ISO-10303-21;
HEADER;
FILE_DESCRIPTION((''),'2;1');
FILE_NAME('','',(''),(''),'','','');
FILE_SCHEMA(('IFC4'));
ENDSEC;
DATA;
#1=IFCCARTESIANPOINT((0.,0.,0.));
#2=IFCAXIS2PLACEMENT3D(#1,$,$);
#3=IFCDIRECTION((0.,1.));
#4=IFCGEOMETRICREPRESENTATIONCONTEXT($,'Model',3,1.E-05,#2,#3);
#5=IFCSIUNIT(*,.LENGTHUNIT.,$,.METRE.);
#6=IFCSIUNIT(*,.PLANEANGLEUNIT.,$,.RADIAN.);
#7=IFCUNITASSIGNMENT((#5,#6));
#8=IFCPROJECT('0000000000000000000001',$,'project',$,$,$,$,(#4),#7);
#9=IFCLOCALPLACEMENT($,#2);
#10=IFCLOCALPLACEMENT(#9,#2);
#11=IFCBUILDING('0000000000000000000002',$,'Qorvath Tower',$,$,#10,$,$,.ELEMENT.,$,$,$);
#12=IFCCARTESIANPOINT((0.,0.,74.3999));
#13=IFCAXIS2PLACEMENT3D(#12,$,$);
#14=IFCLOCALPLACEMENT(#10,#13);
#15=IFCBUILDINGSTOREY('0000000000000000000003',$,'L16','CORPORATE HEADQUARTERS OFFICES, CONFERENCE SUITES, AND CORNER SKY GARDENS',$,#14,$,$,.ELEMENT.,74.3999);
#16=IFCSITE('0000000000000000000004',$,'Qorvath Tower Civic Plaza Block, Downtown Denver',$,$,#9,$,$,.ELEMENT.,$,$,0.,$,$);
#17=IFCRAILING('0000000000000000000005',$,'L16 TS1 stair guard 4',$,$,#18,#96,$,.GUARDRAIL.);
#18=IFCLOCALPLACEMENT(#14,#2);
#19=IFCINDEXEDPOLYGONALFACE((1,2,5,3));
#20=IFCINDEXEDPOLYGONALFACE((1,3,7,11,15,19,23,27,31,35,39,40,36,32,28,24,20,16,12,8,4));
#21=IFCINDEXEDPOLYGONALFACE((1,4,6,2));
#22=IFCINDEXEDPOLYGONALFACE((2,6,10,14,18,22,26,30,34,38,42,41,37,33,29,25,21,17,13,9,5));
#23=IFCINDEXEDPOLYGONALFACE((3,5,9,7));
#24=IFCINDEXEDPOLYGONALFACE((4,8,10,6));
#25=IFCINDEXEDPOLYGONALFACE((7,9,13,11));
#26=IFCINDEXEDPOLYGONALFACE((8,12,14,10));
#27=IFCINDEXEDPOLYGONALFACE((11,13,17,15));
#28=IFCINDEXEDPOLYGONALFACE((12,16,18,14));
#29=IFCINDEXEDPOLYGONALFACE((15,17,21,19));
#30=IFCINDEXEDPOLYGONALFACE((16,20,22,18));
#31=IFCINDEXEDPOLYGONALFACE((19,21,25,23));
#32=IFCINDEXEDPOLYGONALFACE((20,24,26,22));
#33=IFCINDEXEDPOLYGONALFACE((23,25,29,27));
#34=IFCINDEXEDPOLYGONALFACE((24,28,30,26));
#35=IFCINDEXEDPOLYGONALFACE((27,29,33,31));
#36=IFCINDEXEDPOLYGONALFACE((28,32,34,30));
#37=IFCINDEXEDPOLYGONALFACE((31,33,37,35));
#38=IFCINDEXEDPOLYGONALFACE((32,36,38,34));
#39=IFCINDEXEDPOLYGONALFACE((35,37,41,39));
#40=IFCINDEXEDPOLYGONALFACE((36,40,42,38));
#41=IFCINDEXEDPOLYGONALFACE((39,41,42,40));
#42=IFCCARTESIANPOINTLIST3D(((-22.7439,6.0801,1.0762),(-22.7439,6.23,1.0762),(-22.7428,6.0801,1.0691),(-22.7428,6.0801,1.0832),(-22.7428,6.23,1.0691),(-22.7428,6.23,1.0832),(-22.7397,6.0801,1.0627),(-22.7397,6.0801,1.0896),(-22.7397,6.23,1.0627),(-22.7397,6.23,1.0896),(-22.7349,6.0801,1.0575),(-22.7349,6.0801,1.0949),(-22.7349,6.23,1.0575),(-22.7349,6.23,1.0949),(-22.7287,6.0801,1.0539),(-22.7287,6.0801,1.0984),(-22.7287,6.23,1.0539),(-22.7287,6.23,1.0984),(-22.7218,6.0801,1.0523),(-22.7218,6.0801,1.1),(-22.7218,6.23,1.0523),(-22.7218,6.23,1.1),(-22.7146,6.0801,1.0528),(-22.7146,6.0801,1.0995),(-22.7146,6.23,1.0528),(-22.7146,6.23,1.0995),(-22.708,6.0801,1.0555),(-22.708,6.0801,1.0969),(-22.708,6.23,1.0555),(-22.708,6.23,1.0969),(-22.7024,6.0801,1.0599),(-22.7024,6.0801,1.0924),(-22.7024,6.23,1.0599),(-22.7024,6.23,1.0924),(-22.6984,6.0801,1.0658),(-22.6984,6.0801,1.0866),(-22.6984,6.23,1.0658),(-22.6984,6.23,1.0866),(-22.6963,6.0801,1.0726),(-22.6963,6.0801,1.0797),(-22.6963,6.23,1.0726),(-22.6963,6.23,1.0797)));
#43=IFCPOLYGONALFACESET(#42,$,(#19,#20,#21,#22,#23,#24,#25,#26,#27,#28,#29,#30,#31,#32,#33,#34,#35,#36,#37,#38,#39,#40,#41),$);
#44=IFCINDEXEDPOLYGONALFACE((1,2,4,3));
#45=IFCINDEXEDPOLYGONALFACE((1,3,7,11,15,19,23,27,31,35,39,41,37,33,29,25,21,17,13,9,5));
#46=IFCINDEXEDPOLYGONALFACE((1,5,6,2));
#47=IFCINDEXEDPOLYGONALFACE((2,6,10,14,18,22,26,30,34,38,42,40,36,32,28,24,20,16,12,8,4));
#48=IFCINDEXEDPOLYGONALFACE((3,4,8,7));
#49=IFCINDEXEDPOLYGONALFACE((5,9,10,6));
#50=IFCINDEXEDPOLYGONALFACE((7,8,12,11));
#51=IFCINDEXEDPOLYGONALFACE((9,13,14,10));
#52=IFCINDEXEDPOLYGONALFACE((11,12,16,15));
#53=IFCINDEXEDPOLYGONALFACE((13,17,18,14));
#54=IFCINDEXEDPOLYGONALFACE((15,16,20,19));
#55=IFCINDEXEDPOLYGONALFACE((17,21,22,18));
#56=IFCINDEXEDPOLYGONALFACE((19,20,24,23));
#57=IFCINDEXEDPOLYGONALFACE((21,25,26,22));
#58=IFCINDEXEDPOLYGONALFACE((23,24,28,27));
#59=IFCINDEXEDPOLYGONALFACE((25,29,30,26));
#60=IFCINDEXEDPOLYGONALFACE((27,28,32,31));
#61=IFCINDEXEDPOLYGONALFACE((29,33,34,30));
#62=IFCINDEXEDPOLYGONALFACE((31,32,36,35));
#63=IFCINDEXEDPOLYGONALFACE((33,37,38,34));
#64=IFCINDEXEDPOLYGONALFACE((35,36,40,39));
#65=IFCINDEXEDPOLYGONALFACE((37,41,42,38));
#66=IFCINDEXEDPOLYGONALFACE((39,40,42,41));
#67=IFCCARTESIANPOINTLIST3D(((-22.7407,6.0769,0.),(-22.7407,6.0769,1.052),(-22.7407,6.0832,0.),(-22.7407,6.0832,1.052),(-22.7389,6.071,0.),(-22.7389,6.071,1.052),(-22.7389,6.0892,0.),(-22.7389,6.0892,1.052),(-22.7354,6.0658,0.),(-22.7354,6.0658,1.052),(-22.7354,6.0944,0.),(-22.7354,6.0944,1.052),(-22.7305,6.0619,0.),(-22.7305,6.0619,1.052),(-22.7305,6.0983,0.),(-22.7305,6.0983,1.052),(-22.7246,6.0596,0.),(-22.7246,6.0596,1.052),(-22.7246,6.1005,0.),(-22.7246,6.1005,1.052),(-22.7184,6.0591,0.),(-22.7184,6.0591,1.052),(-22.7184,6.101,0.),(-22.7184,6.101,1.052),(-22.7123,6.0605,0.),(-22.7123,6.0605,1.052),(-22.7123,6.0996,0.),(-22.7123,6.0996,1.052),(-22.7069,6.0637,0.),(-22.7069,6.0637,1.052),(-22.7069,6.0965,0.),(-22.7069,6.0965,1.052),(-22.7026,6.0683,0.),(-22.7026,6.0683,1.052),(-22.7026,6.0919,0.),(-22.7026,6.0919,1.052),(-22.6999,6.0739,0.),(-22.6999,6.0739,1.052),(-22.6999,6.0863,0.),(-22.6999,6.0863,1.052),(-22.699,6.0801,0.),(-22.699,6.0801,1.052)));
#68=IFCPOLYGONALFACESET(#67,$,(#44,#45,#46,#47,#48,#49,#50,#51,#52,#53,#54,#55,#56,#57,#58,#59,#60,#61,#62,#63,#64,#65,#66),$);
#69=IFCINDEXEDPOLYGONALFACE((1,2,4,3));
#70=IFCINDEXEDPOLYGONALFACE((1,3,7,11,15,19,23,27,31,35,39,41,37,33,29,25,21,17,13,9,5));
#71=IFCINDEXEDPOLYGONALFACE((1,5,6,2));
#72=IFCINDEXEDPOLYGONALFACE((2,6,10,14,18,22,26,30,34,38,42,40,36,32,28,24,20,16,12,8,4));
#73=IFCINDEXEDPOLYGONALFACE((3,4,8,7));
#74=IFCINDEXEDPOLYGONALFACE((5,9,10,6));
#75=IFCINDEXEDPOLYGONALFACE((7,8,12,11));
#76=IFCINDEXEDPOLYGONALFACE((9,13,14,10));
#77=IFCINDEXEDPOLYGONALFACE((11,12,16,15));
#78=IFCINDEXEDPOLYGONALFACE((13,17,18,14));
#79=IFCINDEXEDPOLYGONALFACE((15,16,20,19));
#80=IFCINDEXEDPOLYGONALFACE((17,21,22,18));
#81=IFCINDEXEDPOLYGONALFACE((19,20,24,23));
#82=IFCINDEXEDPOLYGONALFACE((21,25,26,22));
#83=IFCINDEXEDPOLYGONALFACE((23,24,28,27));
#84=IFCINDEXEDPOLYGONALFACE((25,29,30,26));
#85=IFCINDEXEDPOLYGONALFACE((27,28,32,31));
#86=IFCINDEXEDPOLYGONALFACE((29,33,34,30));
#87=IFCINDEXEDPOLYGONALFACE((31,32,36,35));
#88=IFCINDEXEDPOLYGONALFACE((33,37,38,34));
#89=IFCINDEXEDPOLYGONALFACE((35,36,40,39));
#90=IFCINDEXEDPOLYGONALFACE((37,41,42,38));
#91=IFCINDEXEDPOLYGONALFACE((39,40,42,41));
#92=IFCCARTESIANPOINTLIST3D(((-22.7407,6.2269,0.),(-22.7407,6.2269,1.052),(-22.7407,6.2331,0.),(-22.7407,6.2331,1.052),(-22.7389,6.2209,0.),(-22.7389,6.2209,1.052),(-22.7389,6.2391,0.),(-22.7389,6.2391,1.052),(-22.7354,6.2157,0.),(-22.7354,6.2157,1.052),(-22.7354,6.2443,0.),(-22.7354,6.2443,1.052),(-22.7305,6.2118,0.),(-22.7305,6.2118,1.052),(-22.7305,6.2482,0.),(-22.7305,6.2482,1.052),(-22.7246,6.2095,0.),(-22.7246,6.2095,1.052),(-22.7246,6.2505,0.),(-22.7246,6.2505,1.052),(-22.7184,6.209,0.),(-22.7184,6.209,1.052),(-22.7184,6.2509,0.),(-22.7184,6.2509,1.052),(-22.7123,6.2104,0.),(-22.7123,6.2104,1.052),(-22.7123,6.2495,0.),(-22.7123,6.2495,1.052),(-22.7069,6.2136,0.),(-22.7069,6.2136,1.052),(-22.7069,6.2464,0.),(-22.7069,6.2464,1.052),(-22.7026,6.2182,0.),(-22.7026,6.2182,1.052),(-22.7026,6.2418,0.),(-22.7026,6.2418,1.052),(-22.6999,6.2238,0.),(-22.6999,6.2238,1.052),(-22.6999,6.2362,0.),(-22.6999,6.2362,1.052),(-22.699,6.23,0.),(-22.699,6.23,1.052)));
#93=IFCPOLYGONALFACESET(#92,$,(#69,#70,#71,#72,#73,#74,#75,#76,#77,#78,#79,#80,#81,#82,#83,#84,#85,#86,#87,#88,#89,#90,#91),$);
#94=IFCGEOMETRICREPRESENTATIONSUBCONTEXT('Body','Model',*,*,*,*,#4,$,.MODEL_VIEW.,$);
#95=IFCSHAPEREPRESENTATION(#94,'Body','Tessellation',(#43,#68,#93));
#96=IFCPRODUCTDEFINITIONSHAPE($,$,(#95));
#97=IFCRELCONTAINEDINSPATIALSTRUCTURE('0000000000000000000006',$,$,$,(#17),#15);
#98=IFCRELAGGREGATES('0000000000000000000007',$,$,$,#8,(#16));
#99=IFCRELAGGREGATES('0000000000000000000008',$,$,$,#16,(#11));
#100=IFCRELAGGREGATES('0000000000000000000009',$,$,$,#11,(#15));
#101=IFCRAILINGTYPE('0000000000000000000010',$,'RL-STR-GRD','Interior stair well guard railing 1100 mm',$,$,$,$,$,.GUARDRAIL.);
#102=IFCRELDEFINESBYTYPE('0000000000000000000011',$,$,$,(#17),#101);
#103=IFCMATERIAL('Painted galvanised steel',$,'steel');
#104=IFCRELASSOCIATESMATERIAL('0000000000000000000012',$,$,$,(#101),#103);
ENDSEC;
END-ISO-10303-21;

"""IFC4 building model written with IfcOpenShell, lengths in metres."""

from ifc_helpers import new_model, si_unit, direction, frame, origin, origin_2d, place, context, subcontext, project, spatial, circle, extrude, material, type_object, element, save


model = new_model("IFC4")

# Units and contexts
model_context = context("Model", 3, precision=1e-05, world=origin(), true_north=direction((0.0, 1.0)))
body_context = subcontext(model_context, "Body", "Model", "MODEL_VIEW")
ifc_project = project(units=[si_unit("LENGTHUNIT", "METRE"), si_unit("PLANEANGLEUNIT", "RADIAN")], contexts=[model_context])

# Site, building, storey
site_placement = place(None, origin())
site = spatial("IfcSite", under=ifc_project, at=site_placement, Name="Qorvath Tower Civic Plaza Block, Downtown Denver", CompositionType="ELEMENT", RefElevation=0.0)
building_placement = place(site_placement, origin())
building = spatial("IfcBuilding", under=site, at=building_placement, Name="Qorvath Tower", CompositionType="ELEMENT")
storey_placement = place(building_placement, frame((0.0, 0.0, 74.3999)))
storey = spatial("IfcBuildingStorey", under=building, at=storey_placement, Name="L16", Description="CORPORATE HEADQUARTERS OFFICES, CONFERENCE SUITES, AND CORNER SKY GARDENS", CompositionType="ELEMENT", Elevation=74.3999)

# Railing
ifc_material_1 = material(Name="Painted galvanised steel", Category="steel")
railing_type_1 = type_object("IfcRailingType", Name="RL-STR-GRD", Description="Interior stair well guard railing 1100 mm", PredefinedType="GUARDRAIL", material=ifc_material_1)
railing_1_placement = place(storey_placement, frame((-22.72, 6.0801, 0.0)))
element("IfcRailing", 1, at=railing_1_placement, inside=storey, type_object=railing_type_1, Name="L16 TS1 stair guard 4", PredefinedType="GUARDRAIL", context=body_context, shape_type="SweptSolid", body=[
    extrude(circle(Radius=0.0239, at=origin_2d()), frame((0.0, 0.0, 1.0762), z_axis=(0.0, 1.0, 0.0), x_axis=(-1.0, 0.0, 0.0)), (0.0, 0.0, 1.0), 0.1499),
    extrude(circle(Radius=0.021, at=origin_2d()), origin(), (0.0, 0.0, 1.0), 1.052),
    extrude(circle(Radius=0.021, at=origin_2d()), frame((0.0, 0.1499, 0.0)), (0.0, 0.0, 1.0), 1.052),
])

save(model, "model.ifc")
